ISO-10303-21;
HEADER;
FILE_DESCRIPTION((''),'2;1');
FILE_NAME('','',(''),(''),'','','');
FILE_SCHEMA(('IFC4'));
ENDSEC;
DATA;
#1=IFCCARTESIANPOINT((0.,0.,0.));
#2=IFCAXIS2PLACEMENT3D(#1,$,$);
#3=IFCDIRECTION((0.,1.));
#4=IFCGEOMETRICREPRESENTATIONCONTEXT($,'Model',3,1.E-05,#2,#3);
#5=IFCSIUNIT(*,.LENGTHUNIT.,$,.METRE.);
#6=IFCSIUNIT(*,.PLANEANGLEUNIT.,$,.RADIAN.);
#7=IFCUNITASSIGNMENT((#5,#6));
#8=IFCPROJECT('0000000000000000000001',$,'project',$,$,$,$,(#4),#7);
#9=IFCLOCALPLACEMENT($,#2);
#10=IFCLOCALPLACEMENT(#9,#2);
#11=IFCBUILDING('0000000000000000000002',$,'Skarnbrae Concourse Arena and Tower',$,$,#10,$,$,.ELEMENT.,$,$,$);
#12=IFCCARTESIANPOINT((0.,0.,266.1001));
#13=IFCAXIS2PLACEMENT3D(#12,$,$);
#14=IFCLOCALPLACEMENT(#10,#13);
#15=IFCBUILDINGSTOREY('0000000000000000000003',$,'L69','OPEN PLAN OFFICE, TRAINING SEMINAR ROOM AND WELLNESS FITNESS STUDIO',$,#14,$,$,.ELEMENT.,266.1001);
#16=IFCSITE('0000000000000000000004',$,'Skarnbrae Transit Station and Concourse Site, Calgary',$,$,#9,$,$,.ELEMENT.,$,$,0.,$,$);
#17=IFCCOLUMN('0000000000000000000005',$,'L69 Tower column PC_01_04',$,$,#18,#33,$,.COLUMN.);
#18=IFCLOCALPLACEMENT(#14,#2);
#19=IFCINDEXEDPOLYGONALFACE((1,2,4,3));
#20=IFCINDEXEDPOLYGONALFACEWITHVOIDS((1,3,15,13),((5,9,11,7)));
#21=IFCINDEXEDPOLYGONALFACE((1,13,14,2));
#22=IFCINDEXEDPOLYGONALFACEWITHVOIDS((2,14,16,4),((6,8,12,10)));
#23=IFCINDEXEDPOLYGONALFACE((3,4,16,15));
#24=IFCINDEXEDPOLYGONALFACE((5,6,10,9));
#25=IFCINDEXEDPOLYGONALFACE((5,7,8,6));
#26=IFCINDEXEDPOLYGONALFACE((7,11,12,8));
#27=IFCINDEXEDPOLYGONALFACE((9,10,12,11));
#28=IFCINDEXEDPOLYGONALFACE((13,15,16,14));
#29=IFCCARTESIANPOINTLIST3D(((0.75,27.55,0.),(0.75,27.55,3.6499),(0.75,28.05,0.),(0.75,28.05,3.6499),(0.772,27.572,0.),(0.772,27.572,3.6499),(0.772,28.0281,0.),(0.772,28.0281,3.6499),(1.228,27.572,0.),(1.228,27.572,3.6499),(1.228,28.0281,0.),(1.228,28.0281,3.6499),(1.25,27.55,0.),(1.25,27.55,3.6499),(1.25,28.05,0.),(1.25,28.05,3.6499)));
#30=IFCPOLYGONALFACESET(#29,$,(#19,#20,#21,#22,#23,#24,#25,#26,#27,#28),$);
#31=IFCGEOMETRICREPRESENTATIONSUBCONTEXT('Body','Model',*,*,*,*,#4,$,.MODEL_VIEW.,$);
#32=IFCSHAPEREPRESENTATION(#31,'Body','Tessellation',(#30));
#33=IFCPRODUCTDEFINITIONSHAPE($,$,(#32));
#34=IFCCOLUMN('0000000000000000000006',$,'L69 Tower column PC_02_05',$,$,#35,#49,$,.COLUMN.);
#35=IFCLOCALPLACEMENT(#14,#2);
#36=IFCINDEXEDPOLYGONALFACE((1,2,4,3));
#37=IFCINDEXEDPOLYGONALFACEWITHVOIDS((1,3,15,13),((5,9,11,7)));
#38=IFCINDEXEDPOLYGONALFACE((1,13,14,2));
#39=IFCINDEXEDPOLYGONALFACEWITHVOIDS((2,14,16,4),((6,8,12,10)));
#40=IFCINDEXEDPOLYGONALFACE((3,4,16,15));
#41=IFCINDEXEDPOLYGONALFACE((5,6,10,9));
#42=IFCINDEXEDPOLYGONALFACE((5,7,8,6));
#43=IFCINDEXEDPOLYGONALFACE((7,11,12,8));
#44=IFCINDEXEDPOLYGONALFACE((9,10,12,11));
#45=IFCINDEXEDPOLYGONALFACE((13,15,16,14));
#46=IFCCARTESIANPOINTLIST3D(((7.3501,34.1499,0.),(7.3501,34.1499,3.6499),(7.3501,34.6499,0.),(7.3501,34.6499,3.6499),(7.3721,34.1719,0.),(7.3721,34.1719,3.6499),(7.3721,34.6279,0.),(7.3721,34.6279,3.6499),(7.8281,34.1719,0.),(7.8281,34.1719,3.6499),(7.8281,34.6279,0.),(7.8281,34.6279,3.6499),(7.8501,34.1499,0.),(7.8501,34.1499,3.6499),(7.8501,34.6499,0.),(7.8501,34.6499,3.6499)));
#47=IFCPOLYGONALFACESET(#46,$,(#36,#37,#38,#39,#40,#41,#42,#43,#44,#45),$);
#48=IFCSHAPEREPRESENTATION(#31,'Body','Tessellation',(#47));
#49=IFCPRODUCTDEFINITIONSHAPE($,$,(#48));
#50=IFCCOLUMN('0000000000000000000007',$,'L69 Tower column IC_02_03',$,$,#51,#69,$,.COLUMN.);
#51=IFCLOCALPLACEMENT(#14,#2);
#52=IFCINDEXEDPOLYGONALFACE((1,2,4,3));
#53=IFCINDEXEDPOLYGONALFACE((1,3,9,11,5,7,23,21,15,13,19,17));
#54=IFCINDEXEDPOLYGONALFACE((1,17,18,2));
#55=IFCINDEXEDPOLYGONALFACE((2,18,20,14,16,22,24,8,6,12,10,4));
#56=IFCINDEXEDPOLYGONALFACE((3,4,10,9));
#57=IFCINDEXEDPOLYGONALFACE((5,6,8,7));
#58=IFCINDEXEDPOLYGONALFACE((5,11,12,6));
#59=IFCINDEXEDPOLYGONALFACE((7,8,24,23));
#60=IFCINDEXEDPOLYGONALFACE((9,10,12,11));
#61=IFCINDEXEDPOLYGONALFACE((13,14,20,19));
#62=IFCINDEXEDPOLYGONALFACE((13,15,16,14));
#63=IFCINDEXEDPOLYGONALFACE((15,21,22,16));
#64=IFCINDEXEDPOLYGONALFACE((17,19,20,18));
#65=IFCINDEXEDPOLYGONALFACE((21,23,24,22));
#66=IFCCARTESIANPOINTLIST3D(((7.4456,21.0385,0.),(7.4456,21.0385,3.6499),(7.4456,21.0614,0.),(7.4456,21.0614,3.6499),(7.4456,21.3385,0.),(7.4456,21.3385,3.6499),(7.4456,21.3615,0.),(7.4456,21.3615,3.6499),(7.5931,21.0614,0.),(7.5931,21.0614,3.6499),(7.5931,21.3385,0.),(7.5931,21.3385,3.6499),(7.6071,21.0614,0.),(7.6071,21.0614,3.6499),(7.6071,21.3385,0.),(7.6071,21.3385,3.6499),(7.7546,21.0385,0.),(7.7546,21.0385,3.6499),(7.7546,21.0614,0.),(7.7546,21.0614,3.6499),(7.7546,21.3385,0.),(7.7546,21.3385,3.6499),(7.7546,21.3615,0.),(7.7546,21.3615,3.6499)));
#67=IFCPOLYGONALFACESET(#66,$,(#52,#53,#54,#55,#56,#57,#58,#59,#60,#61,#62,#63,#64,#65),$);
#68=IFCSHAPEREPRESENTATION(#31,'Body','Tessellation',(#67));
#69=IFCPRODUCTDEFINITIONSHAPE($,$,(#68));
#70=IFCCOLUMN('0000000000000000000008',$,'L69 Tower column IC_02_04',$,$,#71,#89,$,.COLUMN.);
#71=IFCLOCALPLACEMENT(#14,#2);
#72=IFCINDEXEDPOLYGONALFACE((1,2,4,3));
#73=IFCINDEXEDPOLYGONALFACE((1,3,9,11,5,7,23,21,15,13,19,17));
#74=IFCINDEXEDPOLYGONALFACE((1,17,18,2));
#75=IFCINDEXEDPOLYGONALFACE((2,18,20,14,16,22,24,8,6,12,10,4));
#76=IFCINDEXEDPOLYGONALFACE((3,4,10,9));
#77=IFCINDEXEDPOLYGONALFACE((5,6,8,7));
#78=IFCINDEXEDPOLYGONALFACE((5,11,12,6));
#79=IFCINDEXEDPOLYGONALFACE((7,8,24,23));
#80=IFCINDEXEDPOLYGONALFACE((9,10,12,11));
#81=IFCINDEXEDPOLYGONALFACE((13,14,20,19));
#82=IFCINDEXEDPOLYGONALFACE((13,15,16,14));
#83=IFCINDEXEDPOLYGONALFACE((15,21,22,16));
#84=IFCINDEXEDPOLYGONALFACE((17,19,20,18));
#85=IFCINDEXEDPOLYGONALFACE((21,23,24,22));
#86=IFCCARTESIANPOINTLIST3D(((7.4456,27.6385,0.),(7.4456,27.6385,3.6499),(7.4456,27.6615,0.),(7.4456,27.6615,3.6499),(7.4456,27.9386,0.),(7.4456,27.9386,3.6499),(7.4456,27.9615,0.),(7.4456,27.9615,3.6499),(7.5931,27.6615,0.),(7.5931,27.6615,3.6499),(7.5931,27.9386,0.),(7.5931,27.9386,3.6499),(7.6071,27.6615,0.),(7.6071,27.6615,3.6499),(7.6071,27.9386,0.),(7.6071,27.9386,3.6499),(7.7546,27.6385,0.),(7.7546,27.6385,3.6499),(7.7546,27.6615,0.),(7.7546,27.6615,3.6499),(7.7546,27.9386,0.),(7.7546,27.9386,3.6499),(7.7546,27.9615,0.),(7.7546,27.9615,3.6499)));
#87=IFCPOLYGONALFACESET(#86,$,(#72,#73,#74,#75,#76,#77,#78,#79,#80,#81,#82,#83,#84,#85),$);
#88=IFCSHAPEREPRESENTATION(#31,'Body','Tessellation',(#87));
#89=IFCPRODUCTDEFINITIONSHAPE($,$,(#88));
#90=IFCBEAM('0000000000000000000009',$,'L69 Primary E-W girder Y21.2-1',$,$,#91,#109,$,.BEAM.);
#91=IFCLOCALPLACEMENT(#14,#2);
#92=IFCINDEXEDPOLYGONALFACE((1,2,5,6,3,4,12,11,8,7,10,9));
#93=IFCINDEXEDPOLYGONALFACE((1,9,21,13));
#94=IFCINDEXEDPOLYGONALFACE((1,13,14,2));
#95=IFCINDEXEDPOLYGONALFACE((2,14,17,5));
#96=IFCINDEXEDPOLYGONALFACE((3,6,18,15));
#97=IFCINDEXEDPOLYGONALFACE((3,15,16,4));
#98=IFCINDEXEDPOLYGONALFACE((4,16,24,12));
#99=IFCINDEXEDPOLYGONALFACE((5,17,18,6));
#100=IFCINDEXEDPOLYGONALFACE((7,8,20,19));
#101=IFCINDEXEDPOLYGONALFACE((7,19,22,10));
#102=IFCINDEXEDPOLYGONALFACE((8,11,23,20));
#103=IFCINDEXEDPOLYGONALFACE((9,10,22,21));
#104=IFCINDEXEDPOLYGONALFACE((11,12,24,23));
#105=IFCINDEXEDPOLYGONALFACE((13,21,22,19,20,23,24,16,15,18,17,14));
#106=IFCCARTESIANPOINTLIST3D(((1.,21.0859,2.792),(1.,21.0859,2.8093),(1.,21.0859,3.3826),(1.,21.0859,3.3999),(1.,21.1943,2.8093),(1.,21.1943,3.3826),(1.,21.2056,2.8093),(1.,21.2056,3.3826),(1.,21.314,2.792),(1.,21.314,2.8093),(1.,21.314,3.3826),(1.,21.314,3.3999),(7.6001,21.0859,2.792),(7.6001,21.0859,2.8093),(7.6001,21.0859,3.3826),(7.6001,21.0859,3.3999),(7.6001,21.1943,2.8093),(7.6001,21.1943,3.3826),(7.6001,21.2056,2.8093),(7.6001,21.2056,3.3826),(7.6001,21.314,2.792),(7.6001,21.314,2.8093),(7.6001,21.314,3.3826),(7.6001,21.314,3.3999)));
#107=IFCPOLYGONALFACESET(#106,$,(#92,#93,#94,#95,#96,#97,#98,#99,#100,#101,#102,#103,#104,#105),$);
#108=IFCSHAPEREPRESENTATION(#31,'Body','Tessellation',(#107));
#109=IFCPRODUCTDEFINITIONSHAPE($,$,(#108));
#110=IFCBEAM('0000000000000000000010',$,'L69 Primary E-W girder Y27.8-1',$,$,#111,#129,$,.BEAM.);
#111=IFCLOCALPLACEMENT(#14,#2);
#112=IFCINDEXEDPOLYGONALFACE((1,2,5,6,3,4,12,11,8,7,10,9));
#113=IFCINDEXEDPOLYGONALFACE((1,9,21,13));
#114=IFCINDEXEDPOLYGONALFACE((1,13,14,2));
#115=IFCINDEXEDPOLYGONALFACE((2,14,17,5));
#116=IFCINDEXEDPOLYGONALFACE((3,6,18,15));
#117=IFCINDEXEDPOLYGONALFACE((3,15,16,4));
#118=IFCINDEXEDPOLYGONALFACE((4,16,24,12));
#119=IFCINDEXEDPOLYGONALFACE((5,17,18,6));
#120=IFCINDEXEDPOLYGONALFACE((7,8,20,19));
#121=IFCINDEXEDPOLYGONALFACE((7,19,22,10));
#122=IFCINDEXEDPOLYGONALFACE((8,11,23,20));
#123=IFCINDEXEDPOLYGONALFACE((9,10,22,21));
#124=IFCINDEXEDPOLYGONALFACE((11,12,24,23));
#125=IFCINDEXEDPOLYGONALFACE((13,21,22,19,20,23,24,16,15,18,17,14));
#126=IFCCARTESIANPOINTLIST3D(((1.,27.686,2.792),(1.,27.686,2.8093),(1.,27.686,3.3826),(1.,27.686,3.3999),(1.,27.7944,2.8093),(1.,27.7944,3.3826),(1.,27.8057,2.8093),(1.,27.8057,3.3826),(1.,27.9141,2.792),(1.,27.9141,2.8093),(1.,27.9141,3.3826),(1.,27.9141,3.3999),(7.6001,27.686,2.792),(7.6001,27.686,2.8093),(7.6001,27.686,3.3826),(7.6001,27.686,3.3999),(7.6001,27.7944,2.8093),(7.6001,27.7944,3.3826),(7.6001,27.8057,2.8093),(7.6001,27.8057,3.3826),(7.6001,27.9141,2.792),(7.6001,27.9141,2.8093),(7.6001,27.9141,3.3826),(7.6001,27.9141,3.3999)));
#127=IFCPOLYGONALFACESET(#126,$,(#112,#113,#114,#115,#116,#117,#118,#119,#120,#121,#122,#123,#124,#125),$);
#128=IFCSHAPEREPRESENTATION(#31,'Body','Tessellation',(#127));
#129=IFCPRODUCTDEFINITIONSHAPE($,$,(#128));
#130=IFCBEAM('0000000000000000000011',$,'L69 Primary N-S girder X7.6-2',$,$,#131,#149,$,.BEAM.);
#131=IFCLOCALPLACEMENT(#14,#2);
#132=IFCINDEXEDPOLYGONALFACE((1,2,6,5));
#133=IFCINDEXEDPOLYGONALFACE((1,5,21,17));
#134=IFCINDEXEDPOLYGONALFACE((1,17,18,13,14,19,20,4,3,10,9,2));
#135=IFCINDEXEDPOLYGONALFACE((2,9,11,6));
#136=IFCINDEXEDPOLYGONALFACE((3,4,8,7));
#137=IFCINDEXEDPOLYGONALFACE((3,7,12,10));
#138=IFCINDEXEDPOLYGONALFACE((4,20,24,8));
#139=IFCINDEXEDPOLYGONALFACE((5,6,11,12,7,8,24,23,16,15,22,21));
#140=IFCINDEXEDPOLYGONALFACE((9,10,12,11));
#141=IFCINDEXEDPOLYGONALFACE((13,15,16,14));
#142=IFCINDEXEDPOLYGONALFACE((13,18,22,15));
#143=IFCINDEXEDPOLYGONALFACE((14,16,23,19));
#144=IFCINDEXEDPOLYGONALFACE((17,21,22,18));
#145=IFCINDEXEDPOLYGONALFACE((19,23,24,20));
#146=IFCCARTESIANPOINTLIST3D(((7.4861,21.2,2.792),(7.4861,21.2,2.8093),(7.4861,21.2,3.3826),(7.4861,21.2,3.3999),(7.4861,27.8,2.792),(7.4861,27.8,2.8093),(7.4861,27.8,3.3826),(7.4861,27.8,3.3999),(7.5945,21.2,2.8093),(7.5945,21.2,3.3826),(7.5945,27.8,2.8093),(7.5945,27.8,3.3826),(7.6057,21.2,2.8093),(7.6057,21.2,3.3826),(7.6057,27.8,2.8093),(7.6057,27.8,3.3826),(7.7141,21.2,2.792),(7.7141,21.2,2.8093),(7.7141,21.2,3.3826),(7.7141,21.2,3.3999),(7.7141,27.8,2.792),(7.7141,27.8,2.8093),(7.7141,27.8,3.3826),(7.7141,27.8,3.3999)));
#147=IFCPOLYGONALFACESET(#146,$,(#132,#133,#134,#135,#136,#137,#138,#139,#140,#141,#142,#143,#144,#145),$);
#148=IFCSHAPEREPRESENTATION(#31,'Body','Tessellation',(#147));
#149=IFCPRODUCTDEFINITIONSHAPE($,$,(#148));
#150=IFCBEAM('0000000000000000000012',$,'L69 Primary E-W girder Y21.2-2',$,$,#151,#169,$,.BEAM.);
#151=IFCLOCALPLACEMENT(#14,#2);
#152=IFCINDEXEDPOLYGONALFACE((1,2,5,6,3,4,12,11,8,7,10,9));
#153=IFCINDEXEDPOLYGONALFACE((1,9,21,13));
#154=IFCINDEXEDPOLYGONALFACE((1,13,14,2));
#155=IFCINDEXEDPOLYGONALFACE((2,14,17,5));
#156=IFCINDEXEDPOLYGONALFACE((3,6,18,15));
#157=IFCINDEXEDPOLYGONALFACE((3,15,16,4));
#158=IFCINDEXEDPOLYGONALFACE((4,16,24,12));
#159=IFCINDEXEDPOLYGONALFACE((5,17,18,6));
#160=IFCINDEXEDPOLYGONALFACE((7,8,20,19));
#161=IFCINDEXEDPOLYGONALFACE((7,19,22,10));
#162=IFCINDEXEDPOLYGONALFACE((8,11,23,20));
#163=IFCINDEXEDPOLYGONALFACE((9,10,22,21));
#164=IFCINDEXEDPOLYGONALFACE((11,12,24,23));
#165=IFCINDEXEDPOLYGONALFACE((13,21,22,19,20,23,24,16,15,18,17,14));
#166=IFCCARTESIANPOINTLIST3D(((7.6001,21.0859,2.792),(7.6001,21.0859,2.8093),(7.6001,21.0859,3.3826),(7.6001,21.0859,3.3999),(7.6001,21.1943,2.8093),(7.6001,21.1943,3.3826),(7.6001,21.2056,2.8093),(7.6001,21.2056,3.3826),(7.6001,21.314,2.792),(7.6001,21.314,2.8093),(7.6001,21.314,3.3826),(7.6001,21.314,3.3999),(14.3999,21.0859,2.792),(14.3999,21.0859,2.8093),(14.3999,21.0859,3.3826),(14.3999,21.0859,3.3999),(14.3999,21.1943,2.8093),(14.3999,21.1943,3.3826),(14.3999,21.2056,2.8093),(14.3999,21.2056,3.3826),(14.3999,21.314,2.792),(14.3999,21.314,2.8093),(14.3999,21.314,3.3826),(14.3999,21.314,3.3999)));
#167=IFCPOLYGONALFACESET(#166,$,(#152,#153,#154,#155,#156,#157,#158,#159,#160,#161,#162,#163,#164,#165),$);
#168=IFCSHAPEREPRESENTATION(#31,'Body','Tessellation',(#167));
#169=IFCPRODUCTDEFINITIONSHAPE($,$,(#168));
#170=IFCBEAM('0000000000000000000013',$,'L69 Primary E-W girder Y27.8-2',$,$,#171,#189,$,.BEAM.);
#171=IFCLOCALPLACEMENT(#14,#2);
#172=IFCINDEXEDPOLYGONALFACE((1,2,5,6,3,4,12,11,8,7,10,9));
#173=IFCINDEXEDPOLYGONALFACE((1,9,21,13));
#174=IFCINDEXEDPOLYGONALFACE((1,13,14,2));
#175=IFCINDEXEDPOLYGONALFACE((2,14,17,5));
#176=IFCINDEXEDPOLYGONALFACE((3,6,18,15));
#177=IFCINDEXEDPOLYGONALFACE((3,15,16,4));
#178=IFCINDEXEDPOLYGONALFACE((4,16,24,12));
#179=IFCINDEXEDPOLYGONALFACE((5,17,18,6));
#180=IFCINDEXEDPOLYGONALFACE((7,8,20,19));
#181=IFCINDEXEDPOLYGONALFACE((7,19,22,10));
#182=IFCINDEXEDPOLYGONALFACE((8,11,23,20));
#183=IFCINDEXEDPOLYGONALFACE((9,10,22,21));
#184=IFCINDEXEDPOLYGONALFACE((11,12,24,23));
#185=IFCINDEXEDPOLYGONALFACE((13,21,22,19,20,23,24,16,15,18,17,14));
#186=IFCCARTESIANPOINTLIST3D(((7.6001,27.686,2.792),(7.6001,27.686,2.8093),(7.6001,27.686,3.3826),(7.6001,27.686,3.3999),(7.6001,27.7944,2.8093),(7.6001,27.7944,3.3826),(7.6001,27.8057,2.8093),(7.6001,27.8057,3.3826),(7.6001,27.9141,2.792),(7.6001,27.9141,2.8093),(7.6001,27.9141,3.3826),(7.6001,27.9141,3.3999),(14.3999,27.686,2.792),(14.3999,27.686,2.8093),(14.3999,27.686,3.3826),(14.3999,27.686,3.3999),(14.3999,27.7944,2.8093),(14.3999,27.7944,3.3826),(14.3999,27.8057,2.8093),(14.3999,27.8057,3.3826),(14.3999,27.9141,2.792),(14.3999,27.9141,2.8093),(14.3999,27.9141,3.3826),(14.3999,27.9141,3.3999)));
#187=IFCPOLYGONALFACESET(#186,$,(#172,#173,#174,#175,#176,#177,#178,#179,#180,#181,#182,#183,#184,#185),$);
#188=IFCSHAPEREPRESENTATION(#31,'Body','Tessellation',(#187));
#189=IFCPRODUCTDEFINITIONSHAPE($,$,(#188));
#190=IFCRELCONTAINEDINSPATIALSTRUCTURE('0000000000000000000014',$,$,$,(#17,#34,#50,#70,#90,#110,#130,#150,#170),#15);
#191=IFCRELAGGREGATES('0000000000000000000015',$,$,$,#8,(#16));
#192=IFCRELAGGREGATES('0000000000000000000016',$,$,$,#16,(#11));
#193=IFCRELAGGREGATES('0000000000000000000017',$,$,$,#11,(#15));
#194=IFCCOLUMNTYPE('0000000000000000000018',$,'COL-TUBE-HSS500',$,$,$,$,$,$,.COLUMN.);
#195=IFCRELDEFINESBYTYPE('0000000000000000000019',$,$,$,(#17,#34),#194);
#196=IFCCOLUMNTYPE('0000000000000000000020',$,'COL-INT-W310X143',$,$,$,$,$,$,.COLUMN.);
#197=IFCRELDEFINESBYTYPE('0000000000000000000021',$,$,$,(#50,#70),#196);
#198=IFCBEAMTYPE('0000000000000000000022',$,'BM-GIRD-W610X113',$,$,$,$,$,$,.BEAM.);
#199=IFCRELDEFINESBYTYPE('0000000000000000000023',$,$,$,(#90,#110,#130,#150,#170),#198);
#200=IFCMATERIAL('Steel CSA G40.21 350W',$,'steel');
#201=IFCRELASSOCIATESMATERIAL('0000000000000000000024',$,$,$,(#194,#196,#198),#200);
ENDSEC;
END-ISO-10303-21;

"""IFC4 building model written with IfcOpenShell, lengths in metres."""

from ifc_helpers import new_model, si_unit, direction, frame, origin, origin_2d, place, context, subcontext, project, spatial, hollow_rectangle, i_section, extrude, source, transform, mapped, material, material_profile, profile_set, type_object, element, save


model = new_model("IFC4")

# Units and contexts
model_context = context("Model", 3, precision=1e-05, world=origin(), true_north=direction((0.0, 1.0)))
body_context = subcontext(model_context, "Body", "Model", "MODEL_VIEW")
ifc_project = project(units=[si_unit("LENGTHUNIT", "METRE"), si_unit("PLANEANGLEUNIT", "RADIAN")], contexts=[model_context])

# Site, building, storey
site_placement = place(None, origin())
site = spatial("IfcSite", under=ifc_project, at=site_placement, Name="Skarnbrae Transit Station and Concourse Site, Calgary", CompositionType="ELEMENT", RefElevation=0.0)
building_placement = place(site_placement, origin())
building = spatial("IfcBuilding", under=site, at=building_placement, Name="Skarnbrae Concourse Arena and Tower", CompositionType="ELEMENT")
storey_placement = place(building_placement, frame((0.0, 0.0, 266.1001)))
storey = spatial("IfcBuildingStorey", under=building, at=storey_placement, Name="L69", Description="OPEN PLAN OFFICE, TRAINING SEMINAR ROOM AND WELLNESS FITNESS STUDIO", CompositionType="ELEMENT", Elevation=266.1001)

# Columns
ifc_material_1 = material(Name="Steel CSA G40.21 350W", Category="steel")
ifc_material_profile_1 = material_profile(ifc_material_1, hollow_rectangle(XDim=0.5, YDim=0.5, WallThickness=0.022, at=origin_2d()), Name="HSS500X500X22.0")
ifc_profile_set_1 = profile_set([ifc_material_profile_1], Name="Steel CSA G40.21 350W")
column_type_1 = type_object("IfcColumnType", Name="COL-TUBE-HSS500", PredefinedType="COLUMN", material=ifc_profile_set_1)
shared_shape_1 = source(origin(), body_context, "Body", "SweptSolid", [
    extrude(hollow_rectangle(XDim=0.5, YDim=0.5, WallThickness=0.022, at=origin_2d()), origin(), (0.0, 0.0, 1.0), 3.6499),
])
for number, where, z_axis, x_axis, name in (
    (1, (1.0, 27.8, 0.0), (0.0, 0.0, 1.0), (1.0, 0.0, 0.0), "L69 Tower column PC_01_04"),
    (2, (7.6001, 34.3999, 0.0), (0.0, 0.0, 1.0), (1.0, 0.0, 0.0), "L69 Tower column PC_02_05"),
):
    element("IfcColumn", number, at=place(storey_placement, frame(where, z_axis=z_axis, x_axis=x_axis)), inside=storey, type_object=column_type_1, Name=name, PredefinedType="COLUMN", context=body_context, shape_type="MappedRepresentation", body=[
        mapped(shared_shape_1, transform((0.0, 0.0, 0.0))),
    ])
ifc_material_profile_2 = material_profile(ifc_material_1, i_section(OverallWidth=0.3091, OverallDepth=0.323, WebThickness=0.0139, FlangeThickness=0.0229, at=origin_2d()), Name="W310X143")
ifc_profile_set_2 = profile_set([ifc_material_profile_2], Name="Steel CSA G40.21 350W")
column_type_2 = type_object("IfcColumnType", Name="COL-INT-W310X143", PredefinedType="COLUMN", material=ifc_profile_set_2)
shared_shape_2 = source(origin(), body_context, "Body", "SweptSolid", [
    extrude(i_section(OverallWidth=0.3091, OverallDepth=0.323, WebThickness=0.0139, FlangeThickness=0.0229, at=origin_2d()), origin(), (0.0, 0.0, 1.0), 3.6499),
])
for number, where, z_axis, x_axis, name in (
    (3, (7.6001, 21.2, 0.0), (0.0, 0.0, 1.0), (1.0, 0.0, 0.0), "L69 Tower column IC_02_03"),
    (4, (7.6001, 27.8, 0.0), (0.0, 0.0, 1.0), (1.0, 0.0, 0.0), "L69 Tower column IC_02_04"),
):
    element("IfcColumn", number, at=place(storey_placement, frame(where, z_axis=z_axis, x_axis=x_axis)), inside=storey, type_object=column_type_2, Name=name, PredefinedType="COLUMN", context=body_context, shape_type="MappedRepresentation", body=[
        mapped(shared_shape_2, transform((0.0, 0.0, 0.0))),
    ])

# Beams
ifc_material_profile_3 = material_profile(ifc_material_1, i_section(OverallWidth=0.228, OverallDepth=0.6079, WebThickness=0.0112, FlangeThickness=0.0173, at=origin_2d()), Name="W610X113")
ifc_profile_set_3 = profile_set([ifc_material_profile_3], Name="Steel CSA G40.21 350W")
beam_type_1 = type_object("IfcBeamType", Name="BM-GIRD-W610X113", PredefinedType="BEAM", material=ifc_profile_set_3)
shared_shape_3 = source(origin(), body_context, "Body", "SweptSolid", [
    extrude(i_section(OverallWidth=0.228, OverallDepth=0.6079, WebThickness=0.0112, FlangeThickness=0.0173, at=origin_2d()), origin(), (0.0, 0.0, 1.0), 6.6001),
])
for number, where, z_axis, x_axis, name in (
    (5, (1.0, 21.2, 3.0959), (1.0, 0.0, 0.0), (0.0, 1.0, 0.0), "L69 Primary E-W girder Y21.2-1"),
    (6, (1.0, 27.8, 3.0959), (1.0, 0.0, 0.0), (0.0, 1.0, 0.0), "L69 Primary E-W girder Y27.8-1"),
    (7, (7.6001, 21.2, 3.0959), (0.0, 1.0, 0.0), (-1.0, 0.0, 0.0), "L69 Primary N-S girder X7.6-2"),
):
    element("IfcBeam", number, at=place(storey_placement, frame(where, z_axis=z_axis, x_axis=x_axis)), inside=storey, type_object=beam_type_1, Name=name, PredefinedType="BEAM", context=body_context, shape_type="MappedRepresentation", body=[
        mapped(shared_shape_3, transform((0.0, 0.0, 0.0))),
    ])
shared_shape_4 = source(origin(), body_context, "Body", "SweptSolid", [
    extrude(i_section(OverallWidth=0.228, OverallDepth=0.6079, WebThickness=0.0112, FlangeThickness=0.0173, at=origin_2d()), origin(), (0.0, 0.0, 1.0), 6.7998),
])
for number, where, z_axis, x_axis, name in (
    (8, (7.6001, 21.2, 3.0959), (1.0, 0.0, 0.0), (0.0, 1.0, 0.0), "L69 Primary E-W girder Y21.2-2"),
    (9, (7.6001, 27.8, 3.0959), (1.0, 0.0, 0.0), (0.0, 1.0, 0.0), "L69 Primary E-W girder Y27.8-2"),
):
    element("IfcBeam", number, at=place(storey_placement, frame(where, z_axis=z_axis, x_axis=x_axis)), inside=storey, type_object=beam_type_1, Name=name, PredefinedType="BEAM", context=body_context, shape_type="MappedRepresentation", body=[
        mapped(shared_shape_4, transform((0.0, 0.0, 0.0))),
    ])

save(model, "model.ifc")
